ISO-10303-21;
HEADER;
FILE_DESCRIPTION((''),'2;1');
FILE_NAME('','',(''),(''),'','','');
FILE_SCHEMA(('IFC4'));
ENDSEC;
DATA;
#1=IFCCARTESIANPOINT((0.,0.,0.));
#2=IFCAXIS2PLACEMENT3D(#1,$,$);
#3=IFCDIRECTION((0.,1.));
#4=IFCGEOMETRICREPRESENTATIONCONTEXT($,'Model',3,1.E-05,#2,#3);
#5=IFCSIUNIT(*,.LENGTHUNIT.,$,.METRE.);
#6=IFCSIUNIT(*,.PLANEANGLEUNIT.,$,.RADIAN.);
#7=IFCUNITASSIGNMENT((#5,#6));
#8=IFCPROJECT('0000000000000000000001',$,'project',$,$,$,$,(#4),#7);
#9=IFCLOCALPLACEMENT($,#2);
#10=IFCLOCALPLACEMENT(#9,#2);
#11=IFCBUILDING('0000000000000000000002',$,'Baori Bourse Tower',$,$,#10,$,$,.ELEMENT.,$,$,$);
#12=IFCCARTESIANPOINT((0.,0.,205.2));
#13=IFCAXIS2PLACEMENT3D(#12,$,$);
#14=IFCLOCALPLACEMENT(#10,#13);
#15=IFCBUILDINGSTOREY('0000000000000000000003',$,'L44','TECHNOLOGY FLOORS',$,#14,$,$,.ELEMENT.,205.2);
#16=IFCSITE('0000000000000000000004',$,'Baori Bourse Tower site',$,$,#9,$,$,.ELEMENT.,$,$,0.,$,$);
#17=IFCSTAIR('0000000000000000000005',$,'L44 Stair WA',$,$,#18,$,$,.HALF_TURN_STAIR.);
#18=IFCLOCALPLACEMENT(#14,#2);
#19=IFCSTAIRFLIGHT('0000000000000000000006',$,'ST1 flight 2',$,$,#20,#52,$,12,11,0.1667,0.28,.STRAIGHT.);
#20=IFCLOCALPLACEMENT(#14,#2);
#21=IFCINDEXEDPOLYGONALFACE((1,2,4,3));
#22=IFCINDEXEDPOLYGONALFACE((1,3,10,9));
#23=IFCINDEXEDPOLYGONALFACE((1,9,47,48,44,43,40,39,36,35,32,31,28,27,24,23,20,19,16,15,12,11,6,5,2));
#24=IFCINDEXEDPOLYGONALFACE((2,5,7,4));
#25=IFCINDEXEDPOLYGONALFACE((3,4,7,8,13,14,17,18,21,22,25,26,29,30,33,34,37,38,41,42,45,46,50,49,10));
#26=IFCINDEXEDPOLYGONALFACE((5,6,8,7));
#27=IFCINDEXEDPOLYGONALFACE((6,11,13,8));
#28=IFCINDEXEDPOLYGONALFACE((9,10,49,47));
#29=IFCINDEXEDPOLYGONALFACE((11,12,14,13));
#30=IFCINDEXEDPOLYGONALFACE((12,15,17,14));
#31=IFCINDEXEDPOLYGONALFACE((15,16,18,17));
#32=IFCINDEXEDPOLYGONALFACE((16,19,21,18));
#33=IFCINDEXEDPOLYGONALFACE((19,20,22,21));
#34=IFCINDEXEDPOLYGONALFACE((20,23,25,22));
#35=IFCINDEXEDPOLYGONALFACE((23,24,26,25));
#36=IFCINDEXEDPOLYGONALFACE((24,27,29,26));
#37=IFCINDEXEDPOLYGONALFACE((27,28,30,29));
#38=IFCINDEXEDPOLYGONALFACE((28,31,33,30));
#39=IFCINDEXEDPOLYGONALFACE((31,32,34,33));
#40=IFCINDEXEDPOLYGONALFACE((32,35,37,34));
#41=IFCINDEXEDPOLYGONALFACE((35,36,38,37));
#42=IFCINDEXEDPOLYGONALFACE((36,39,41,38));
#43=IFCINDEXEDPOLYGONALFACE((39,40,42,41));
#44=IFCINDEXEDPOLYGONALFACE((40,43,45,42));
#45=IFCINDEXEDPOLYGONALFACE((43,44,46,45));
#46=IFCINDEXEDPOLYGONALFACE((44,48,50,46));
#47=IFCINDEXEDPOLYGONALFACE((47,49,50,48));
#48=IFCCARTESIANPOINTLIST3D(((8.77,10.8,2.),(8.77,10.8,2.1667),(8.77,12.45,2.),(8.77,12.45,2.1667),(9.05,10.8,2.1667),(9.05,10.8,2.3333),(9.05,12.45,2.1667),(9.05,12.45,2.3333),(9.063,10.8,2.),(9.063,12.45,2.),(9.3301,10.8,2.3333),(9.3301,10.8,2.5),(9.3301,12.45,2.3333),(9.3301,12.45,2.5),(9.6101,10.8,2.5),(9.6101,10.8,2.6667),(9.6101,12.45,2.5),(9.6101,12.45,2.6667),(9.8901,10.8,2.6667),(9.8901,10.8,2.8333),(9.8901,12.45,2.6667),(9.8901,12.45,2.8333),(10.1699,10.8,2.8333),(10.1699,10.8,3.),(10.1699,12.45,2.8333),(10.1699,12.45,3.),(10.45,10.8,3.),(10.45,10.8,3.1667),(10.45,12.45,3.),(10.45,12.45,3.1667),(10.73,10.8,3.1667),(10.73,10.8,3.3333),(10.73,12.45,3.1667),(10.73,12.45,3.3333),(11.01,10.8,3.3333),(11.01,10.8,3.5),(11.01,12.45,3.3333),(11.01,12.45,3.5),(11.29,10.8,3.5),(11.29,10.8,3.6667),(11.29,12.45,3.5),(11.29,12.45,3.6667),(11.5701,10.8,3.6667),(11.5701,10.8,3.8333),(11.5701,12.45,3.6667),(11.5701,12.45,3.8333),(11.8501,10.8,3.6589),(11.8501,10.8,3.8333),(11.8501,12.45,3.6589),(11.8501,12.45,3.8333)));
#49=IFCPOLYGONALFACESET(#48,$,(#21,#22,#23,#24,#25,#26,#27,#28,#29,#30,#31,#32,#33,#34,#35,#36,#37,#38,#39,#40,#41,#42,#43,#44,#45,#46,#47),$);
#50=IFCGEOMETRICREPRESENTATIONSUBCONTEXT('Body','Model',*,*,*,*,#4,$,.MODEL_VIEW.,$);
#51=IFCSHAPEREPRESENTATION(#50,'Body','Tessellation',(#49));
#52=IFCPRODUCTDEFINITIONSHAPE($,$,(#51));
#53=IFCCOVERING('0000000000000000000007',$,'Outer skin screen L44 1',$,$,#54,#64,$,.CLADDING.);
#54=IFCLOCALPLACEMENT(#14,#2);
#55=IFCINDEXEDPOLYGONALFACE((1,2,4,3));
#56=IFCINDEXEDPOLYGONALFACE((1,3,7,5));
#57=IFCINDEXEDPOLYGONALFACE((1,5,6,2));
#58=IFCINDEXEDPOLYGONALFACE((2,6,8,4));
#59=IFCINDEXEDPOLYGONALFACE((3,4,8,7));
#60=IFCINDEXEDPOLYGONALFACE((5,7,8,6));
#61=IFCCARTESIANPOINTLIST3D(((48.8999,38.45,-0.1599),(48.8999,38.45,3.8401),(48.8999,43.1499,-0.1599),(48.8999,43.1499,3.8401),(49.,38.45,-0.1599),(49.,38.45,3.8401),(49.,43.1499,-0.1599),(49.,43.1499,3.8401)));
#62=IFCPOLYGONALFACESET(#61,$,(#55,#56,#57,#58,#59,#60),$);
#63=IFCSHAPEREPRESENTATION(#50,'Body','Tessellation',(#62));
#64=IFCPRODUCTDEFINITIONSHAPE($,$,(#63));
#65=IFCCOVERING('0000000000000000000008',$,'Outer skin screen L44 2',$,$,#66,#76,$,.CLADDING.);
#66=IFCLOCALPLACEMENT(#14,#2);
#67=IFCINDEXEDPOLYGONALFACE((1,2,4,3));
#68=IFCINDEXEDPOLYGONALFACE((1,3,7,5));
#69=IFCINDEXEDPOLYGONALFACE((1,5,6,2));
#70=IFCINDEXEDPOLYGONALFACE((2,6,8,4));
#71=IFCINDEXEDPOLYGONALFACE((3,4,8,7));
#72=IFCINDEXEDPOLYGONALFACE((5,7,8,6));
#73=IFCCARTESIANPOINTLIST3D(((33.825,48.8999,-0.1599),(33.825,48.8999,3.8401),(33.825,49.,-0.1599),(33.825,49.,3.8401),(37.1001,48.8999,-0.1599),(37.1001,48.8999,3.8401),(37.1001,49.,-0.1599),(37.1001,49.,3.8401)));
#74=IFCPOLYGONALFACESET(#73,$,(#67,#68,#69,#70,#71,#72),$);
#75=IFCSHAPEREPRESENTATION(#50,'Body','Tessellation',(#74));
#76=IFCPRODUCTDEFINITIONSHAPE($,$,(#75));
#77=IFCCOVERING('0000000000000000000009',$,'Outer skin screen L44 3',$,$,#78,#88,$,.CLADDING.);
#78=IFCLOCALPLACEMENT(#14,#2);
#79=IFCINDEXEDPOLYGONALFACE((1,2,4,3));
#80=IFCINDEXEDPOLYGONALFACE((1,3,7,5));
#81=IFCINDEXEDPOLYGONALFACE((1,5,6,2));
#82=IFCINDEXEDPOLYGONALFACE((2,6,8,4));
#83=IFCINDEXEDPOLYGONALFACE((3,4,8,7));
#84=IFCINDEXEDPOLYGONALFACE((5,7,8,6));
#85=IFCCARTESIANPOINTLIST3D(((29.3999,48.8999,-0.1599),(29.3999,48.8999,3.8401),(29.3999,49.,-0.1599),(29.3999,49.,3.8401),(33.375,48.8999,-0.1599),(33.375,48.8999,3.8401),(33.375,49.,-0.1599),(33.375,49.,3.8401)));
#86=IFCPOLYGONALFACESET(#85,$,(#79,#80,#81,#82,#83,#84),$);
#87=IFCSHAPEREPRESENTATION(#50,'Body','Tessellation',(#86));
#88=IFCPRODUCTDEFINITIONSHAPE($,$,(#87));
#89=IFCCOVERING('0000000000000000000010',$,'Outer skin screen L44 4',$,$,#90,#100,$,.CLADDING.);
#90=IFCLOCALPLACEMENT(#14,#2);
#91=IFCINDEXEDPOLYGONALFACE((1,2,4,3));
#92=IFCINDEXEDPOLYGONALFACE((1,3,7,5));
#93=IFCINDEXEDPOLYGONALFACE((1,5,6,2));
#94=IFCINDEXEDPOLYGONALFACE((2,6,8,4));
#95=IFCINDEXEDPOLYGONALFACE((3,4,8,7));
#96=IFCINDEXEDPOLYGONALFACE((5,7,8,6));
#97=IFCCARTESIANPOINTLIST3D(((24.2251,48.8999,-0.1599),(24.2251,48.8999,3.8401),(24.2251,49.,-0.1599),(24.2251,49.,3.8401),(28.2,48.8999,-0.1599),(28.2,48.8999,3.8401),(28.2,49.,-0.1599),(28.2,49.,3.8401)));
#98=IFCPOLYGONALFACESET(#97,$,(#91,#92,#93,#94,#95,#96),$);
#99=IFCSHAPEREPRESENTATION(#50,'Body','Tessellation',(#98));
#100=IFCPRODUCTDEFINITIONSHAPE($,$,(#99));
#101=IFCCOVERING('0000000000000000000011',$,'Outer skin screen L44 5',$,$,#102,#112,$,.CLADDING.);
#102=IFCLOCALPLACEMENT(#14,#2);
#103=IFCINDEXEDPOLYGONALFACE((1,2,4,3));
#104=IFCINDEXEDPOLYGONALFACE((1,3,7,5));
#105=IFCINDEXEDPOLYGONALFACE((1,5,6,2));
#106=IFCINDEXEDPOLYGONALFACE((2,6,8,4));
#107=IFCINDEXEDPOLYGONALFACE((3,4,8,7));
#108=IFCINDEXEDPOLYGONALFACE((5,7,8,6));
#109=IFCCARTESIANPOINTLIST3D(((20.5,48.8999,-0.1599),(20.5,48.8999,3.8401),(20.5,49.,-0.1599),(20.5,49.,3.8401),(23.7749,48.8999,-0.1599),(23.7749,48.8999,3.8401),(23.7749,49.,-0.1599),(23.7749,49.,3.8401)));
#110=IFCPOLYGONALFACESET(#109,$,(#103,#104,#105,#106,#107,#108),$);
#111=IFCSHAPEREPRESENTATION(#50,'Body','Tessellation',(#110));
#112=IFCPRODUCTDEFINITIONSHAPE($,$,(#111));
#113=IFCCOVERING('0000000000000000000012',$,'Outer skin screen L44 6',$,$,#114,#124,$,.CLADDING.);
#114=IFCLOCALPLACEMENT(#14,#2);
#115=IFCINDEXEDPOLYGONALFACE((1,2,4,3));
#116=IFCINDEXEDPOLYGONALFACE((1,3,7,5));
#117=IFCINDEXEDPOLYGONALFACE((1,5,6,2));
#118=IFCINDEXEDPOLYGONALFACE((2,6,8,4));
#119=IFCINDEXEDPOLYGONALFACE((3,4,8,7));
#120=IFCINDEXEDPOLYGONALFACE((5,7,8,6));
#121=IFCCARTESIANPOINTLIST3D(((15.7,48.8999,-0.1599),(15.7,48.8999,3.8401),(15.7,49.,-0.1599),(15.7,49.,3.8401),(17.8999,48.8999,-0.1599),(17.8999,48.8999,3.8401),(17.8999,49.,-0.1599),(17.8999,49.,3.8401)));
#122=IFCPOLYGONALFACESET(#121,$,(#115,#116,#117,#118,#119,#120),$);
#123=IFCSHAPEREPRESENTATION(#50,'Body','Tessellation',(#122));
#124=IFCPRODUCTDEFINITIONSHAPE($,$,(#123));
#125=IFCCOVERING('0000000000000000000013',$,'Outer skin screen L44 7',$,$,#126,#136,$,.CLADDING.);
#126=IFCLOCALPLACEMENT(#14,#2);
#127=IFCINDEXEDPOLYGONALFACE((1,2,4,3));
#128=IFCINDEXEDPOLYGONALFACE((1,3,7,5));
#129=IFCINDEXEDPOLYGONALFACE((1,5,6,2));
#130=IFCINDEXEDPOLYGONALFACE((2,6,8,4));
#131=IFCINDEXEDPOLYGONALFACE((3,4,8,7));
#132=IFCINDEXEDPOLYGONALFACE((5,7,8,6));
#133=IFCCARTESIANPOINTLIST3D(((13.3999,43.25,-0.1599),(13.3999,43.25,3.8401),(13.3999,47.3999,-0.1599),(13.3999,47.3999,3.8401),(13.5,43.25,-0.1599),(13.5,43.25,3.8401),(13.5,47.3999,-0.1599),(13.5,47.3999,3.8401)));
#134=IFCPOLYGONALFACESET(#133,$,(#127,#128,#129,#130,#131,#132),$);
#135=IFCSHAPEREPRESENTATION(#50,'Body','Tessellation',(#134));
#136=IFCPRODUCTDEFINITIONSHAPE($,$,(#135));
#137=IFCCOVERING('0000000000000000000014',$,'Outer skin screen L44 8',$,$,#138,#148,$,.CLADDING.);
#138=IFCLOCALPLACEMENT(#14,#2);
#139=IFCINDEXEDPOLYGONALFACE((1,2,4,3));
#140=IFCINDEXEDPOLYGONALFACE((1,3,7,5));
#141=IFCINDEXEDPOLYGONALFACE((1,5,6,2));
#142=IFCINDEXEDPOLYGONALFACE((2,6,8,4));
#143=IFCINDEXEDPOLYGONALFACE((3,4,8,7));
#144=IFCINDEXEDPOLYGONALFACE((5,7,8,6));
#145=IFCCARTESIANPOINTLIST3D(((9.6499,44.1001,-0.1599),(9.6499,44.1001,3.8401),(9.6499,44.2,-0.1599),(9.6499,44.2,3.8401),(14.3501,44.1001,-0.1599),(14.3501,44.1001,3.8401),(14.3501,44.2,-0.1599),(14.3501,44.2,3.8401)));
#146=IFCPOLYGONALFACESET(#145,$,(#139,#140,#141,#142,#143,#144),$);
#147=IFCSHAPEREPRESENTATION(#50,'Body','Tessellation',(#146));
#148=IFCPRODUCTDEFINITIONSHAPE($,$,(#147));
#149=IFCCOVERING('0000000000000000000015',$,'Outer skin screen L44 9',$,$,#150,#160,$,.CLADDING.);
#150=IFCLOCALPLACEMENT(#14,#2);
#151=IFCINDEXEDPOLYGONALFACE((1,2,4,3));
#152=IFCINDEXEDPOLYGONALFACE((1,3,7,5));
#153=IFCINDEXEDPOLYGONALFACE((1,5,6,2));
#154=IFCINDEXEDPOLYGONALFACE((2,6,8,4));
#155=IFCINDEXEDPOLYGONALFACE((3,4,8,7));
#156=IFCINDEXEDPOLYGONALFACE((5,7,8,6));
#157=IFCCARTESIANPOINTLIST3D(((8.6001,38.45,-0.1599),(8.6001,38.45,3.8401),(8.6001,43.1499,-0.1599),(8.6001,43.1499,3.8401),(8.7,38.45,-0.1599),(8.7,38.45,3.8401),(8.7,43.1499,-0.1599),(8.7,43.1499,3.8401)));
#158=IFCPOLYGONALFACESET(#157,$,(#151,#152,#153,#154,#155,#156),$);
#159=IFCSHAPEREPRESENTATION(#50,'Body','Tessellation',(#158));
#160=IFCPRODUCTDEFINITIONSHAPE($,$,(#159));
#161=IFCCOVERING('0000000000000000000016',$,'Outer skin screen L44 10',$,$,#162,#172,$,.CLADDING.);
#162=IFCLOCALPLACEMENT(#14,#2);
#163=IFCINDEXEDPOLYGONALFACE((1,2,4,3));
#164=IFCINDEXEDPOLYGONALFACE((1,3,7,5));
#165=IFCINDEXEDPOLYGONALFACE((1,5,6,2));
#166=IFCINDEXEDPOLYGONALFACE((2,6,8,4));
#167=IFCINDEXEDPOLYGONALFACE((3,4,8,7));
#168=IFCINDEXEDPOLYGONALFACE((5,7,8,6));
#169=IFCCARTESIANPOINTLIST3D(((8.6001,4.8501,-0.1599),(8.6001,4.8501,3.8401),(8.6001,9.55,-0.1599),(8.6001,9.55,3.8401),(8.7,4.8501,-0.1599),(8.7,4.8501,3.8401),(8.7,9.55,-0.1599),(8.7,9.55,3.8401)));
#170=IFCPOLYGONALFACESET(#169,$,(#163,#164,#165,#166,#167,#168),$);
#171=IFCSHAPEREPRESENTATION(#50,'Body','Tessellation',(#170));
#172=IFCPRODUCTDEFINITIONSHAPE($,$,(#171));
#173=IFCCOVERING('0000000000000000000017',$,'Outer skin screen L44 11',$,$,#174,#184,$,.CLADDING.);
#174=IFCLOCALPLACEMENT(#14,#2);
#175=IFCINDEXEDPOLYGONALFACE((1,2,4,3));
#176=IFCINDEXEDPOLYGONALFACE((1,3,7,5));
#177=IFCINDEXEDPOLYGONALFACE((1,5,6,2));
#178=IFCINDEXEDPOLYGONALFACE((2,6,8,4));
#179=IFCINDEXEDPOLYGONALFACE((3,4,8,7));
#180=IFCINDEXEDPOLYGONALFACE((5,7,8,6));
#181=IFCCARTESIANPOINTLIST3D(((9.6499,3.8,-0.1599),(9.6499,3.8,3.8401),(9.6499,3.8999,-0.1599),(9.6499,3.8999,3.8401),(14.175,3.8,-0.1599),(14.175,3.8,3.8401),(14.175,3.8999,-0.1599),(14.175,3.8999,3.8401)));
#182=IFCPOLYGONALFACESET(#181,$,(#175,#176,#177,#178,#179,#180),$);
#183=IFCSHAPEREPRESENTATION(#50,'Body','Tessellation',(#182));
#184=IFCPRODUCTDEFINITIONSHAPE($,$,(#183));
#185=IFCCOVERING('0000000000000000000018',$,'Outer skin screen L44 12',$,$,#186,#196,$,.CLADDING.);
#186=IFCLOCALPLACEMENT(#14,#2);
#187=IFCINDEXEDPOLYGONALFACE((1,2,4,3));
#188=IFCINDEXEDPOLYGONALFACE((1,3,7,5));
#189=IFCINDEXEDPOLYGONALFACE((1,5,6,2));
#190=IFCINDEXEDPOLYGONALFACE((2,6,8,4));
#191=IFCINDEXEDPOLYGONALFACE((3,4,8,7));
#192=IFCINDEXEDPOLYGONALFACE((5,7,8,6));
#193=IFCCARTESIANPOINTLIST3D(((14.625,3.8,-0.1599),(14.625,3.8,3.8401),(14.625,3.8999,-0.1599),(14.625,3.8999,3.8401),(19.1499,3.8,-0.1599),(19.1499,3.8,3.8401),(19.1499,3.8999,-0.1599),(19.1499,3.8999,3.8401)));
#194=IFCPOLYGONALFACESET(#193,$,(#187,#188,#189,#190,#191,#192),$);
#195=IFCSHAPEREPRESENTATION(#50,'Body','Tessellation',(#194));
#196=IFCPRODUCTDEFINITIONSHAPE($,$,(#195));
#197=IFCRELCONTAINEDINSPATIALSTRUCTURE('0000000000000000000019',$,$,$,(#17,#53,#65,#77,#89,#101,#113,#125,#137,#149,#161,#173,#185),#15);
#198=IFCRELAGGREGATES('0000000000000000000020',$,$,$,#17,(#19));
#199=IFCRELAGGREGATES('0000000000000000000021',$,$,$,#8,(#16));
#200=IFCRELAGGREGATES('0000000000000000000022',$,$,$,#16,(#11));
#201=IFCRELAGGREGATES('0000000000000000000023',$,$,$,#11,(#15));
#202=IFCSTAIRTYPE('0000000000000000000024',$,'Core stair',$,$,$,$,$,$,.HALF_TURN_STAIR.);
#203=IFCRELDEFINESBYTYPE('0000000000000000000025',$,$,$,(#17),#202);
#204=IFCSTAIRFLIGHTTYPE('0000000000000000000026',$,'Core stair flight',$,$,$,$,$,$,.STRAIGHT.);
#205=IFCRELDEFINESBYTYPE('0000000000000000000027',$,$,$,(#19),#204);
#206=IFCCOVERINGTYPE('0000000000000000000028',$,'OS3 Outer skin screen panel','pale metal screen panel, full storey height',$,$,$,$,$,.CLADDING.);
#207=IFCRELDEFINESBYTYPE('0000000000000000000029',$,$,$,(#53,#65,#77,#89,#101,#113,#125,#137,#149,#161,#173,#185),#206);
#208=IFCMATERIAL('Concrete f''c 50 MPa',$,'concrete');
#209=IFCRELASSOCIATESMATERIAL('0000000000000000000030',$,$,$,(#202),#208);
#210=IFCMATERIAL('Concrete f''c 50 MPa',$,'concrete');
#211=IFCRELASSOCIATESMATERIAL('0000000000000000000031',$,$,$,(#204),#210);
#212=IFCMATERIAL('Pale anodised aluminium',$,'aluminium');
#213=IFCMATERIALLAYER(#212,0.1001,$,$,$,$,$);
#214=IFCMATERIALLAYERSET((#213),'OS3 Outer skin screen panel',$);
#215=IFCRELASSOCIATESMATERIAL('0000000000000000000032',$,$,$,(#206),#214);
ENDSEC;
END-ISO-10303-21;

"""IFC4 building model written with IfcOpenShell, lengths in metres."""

from ifc_helpers import new_model, si_unit, direction, frame, origin, place, context, subcontext, project, spatial, polyline, outline, extrude, material, layer, layer_set, type_object, element, aggregate, save


model = new_model("IFC4")

# Units and contexts
model_context = context("Model", 3, precision=1e-05, world=origin(), true_north=direction((0.0, 1.0)))
body_context = subcontext(model_context, "Body", "Model", "MODEL_VIEW")
ifc_project = project(units=[si_unit("LENGTHUNIT", "METRE"), si_unit("PLANEANGLEUNIT", "RADIAN")], contexts=[model_context])

# Site, building, storey
site_placement = place(None, origin())
site = spatial("IfcSite", under=ifc_project, at=site_placement, Name="Baori Bourse Tower site", CompositionType="ELEMENT", RefElevation=0.0)
building_placement = place(site_placement, origin())
building = spatial("IfcBuilding", under=site, at=building_placement, Name="Baori Bourse Tower", CompositionType="ELEMENT")
storey_placement = place(building_placement, frame((0.0, 0.0, 205.2)))
storey = spatial("IfcBuildingStorey", under=building, at=storey_placement, Name="L44", Description="TECHNOLOGY FLOORS", CompositionType="ELEMENT", Elevation=205.2)

# Stair
ifc_material_1 = material(Name="Concrete f'c 50 MPa", Category="concrete")
stair_type = type_object("IfcStairType", Name="Core stair", PredefinedType="HALF_TURN_STAIR", material=ifc_material_1)
stair_1_placement = place(storey_placement, origin())
stair_1 = element("IfcStair", 1, at=stair_1_placement, inside=storey, type_object=stair_type, Name="L44 Stair WA", PredefinedType="HALF_TURN_STAIR")

# Stair flight
ifc_material_2 = material(Name="Concrete f'c 50 MPa", Category="concrete")
stair_flight_type = type_object("IfcStairFlightType", Name="Core stair flight", PredefinedType="STRAIGHT", material=ifc_material_2)
stair_flight_placement = place(storey_placement, frame((8.77, 11.625, 2.0), z_axis=(0.0, 0.0, 1.0), x_axis=(1.0, 0.0, 0.0)))
stair_flight = element("IfcStairFlight", 2, at=stair_flight_placement, type_object=stair_flight_type, Name="ST1 flight 2", NumberOfRisers=12, NumberOfTreads=11, PredefinedType="STRAIGHT", RiserHeight=0.1667, TreadLength=0.28, context=body_context, shape_type="SweptSolid", body=[
    extrude(outline(polyline([(0.0, 0.0), (0.0, 0.1667), (0.28, 0.1667), (0.28, 0.3333), (0.5601, 0.3333), (0.5601, 0.5), (0.8401, 0.5), (0.8401, 0.6667), (1.1201, 0.6667), (1.1201, 0.8333), (1.3999, 0.8333), (1.3999, 1.0), (1.6799, 1.0), (1.6799, 1.1667), (1.96, 1.1667), (1.96, 1.3333), (2.24, 1.3333), (2.24, 1.5), (2.52, 1.5), (2.52, 1.6667), (2.8, 1.6667), (2.8, 1.8333), (3.0801, 1.8333), (3.0801, 2.0), (3.0801, 1.6589), (0.293, 0.0), (0.0, 0.0)])), frame((0.0, 0.825, 0.0), z_axis=(0.0, -1.0, 0.0), x_axis=(1.0, 0.0, 0.0)), (0.0, 0.0, 1.0), 1.6499),
])
aggregate(stair_1, [stair_flight])

# Coverings
ifc_material_3 = material(Name="Pale anodised aluminium", Category="aluminium")
ifc_layer_1 = layer(ifc_material_3, 0.1001)
ifc_layer_set_1 = layer_set([ifc_layer_1], Name="OS3 Outer skin screen panel")
covering_type_1 = type_object("IfcCoveringType", Name="OS3 Outer skin screen panel", Description="pale metal screen panel, full storey height", PredefinedType="CLADDING", material=ifc_layer_set_1)
covering_1_placement = place(storey_placement, frame((0.0, 0.0, -0.1599)))
element("IfcCovering", 3, at=covering_1_placement, inside=storey, type_object=covering_type_1, Name="Outer skin screen L44 1", PredefinedType="CLADDING", context=body_context, shape_type="SweptSolid", body=[
    extrude(outline(polyline([(48.8999, 43.1499), (48.8999, 38.45), (49.0, 38.45), (49.0, 43.1499), (48.8999, 43.1499)])), origin(), (0.0, 0.0, 1.0), 4.0),
])
covering_2_placement = place(storey_placement, frame((0.0, 0.0, -0.1599)))
element("IfcCovering", 4, at=covering_2_placement, inside=storey, type_object=covering_type_1, Name="Outer skin screen L44 2", PredefinedType="CLADDING", context=body_context, shape_type="SweptSolid", body=[
    extrude(outline(polyline([(33.825, 48.8999), (37.1001, 48.8999), (37.1001, 49.0), (33.825, 49.0), (33.825, 48.8999)])), origin(), (0.0, 0.0, 1.0), 4.0),
])
covering_3_placement = place(storey_placement, frame((0.0, 0.0, -0.1599)))
element("IfcCovering", 5, at=covering_3_placement, inside=storey, type_object=covering_type_1, Name="Outer skin screen L44 3", PredefinedType="CLADDING", context=body_context, shape_type="SweptSolid", body=[
    extrude(outline(polyline([(29.3999, 48.8999), (33.375, 48.8999), (33.375, 49.0), (29.3999, 49.0), (29.3999, 48.8999)])), origin(), (0.0, 0.0, 1.0), 4.0),
])
covering_4_placement = place(storey_placement, frame((0.0, 0.0, -0.1599)))
element("IfcCovering", 6, at=covering_4_placement, inside=storey, type_object=covering_type_1, Name="Outer skin screen L44 4", PredefinedType="CLADDING", context=body_context, shape_type="SweptSolid", body=[
    extrude(outline(polyline([(24.2251, 48.8999), (28.2, 48.8999), (28.2, 49.0), (24.2251, 49.0), (24.2251, 48.8999)])), origin(), (0.0, 0.0, 1.0), 4.0),
])
covering_5_placement = place(storey_placement, frame((0.0, 0.0, -0.1599)))
element("IfcCovering", 7, at=covering_5_placement, inside=storey, type_object=covering_type_1, Name="Outer skin screen L44 5", PredefinedType="CLADDING", context=body_context, shape_type="SweptSolid", body=[
    extrude(outline(polyline([(20.5, 48.8999), (23.7749, 48.8999), (23.7749, 49.0), (20.5, 49.0), (20.5, 48.8999)])), origin(), (0.0, 0.0, 1.0), 4.0),
])
covering_6_placement = place(storey_placement, frame((0.0, 0.0, -0.1599)))
element("IfcCovering", 8, at=covering_6_placement, inside=storey, type_object=covering_type_1, Name="Outer skin screen L44 6", PredefinedType="CLADDING", context=body_context, shape_type="SweptSolid", body=[
    extrude(outline(polyline([(15.7, 48.8999), (17.8999, 48.8999), (17.8999, 49.0), (15.7, 49.0), (15.7, 48.8999)])), origin(), (0.0, 0.0, 1.0), 4.0),
])
covering_7_placement = place(storey_placement, frame((0.0, 0.0, -0.1599)))
element("IfcCovering", 9, at=covering_7_placement, inside=storey, type_object=covering_type_1, Name="Outer skin screen L44 7", PredefinedType="CLADDING", context=body_context, shape_type="SweptSolid", body=[
    extrude(outline(polyline([(13.5, 43.25), (13.5, 47.3999), (13.3999, 47.3999), (13.3999, 43.25), (13.5, 43.25)])), origin(), (0.0, 0.0, 1.0), 4.0),
])
covering_8_placement = place(storey_placement, frame((0.0, 0.0, -0.1599)))
element("IfcCovering", 10, at=covering_8_placement, inside=storey, type_object=covering_type_1, Name="Outer skin screen L44 8", PredefinedType="CLADDING", context=body_context, shape_type="SweptSolid", body=[
    extrude(outline(polyline([(9.6499, 44.1001), (14.3501, 44.1001), (14.3501, 44.2), (9.6499, 44.2), (9.6499, 44.1001)])), origin(), (0.0, 0.0, 1.0), 4.0),
])
covering_9_placement = place(storey_placement, frame((0.0, 0.0, -0.1599)))
element("IfcCovering", 11, at=covering_9_placement, inside=storey, type_object=covering_type_1, Name="Outer skin screen L44 9", PredefinedType="CLADDING", context=body_context, shape_type="SweptSolid", body=[
    extrude(outline(polyline([(8.7, 38.45), (8.7, 43.1499), (8.6001, 43.1499), (8.6001, 38.45), (8.7, 38.45)])), origin(), (0.0, 0.0, 1.0), 4.0),
])
covering_10_placement = place(storey_placement, frame((0.0, 0.0, -0.1599)))
element("IfcCovering", 12, at=covering_10_placement, inside=storey, type_object=covering_type_1, Name="Outer skin screen L44 10", PredefinedType="CLADDING", context=body_context, shape_type="SweptSolid", body=[
    extrude(outline(polyline([(8.7, 4.8501), (8.7, 9.55), (8.6001, 9.55), (8.6001, 4.8501), (8.7, 4.8501)])), origin(), (0.0, 0.0, 1.0), 4.0),
])
covering_11_placement = place(storey_placement, frame((0.0, 0.0, -0.1599)))
element("IfcCovering", 13, at=covering_11_placement, inside=storey, type_object=covering_type_1, Name="Outer skin screen L44 11", PredefinedType="CLADDING", context=body_context, shape_type="SweptSolid", body=[
    extrude(outline(polyline([(14.175, 3.8999), (9.6499, 3.8999), (9.6499, 3.8), (14.175, 3.8), (14.175, 3.8999)])), origin(), (0.0, 0.0, 1.0), 4.0),
])
covering_12_placement = place(storey_placement, frame((0.0, 0.0, -0.1599)))
element("IfcCovering", 14, at=covering_12_placement, inside=storey, type_object=covering_type_1, Name="Outer skin screen L44 12", PredefinedType="CLADDING", context=body_context, shape_type="SweptSolid", body=[
    extrude(outline(polyline([(19.1499, 3.8999), (14.625, 3.8999), (14.625, 3.8), (19.1499, 3.8), (19.1499, 3.8999)])), origin(), (0.0, 0.0, 1.0), 4.0),
])

save(model, "model.ifc")
